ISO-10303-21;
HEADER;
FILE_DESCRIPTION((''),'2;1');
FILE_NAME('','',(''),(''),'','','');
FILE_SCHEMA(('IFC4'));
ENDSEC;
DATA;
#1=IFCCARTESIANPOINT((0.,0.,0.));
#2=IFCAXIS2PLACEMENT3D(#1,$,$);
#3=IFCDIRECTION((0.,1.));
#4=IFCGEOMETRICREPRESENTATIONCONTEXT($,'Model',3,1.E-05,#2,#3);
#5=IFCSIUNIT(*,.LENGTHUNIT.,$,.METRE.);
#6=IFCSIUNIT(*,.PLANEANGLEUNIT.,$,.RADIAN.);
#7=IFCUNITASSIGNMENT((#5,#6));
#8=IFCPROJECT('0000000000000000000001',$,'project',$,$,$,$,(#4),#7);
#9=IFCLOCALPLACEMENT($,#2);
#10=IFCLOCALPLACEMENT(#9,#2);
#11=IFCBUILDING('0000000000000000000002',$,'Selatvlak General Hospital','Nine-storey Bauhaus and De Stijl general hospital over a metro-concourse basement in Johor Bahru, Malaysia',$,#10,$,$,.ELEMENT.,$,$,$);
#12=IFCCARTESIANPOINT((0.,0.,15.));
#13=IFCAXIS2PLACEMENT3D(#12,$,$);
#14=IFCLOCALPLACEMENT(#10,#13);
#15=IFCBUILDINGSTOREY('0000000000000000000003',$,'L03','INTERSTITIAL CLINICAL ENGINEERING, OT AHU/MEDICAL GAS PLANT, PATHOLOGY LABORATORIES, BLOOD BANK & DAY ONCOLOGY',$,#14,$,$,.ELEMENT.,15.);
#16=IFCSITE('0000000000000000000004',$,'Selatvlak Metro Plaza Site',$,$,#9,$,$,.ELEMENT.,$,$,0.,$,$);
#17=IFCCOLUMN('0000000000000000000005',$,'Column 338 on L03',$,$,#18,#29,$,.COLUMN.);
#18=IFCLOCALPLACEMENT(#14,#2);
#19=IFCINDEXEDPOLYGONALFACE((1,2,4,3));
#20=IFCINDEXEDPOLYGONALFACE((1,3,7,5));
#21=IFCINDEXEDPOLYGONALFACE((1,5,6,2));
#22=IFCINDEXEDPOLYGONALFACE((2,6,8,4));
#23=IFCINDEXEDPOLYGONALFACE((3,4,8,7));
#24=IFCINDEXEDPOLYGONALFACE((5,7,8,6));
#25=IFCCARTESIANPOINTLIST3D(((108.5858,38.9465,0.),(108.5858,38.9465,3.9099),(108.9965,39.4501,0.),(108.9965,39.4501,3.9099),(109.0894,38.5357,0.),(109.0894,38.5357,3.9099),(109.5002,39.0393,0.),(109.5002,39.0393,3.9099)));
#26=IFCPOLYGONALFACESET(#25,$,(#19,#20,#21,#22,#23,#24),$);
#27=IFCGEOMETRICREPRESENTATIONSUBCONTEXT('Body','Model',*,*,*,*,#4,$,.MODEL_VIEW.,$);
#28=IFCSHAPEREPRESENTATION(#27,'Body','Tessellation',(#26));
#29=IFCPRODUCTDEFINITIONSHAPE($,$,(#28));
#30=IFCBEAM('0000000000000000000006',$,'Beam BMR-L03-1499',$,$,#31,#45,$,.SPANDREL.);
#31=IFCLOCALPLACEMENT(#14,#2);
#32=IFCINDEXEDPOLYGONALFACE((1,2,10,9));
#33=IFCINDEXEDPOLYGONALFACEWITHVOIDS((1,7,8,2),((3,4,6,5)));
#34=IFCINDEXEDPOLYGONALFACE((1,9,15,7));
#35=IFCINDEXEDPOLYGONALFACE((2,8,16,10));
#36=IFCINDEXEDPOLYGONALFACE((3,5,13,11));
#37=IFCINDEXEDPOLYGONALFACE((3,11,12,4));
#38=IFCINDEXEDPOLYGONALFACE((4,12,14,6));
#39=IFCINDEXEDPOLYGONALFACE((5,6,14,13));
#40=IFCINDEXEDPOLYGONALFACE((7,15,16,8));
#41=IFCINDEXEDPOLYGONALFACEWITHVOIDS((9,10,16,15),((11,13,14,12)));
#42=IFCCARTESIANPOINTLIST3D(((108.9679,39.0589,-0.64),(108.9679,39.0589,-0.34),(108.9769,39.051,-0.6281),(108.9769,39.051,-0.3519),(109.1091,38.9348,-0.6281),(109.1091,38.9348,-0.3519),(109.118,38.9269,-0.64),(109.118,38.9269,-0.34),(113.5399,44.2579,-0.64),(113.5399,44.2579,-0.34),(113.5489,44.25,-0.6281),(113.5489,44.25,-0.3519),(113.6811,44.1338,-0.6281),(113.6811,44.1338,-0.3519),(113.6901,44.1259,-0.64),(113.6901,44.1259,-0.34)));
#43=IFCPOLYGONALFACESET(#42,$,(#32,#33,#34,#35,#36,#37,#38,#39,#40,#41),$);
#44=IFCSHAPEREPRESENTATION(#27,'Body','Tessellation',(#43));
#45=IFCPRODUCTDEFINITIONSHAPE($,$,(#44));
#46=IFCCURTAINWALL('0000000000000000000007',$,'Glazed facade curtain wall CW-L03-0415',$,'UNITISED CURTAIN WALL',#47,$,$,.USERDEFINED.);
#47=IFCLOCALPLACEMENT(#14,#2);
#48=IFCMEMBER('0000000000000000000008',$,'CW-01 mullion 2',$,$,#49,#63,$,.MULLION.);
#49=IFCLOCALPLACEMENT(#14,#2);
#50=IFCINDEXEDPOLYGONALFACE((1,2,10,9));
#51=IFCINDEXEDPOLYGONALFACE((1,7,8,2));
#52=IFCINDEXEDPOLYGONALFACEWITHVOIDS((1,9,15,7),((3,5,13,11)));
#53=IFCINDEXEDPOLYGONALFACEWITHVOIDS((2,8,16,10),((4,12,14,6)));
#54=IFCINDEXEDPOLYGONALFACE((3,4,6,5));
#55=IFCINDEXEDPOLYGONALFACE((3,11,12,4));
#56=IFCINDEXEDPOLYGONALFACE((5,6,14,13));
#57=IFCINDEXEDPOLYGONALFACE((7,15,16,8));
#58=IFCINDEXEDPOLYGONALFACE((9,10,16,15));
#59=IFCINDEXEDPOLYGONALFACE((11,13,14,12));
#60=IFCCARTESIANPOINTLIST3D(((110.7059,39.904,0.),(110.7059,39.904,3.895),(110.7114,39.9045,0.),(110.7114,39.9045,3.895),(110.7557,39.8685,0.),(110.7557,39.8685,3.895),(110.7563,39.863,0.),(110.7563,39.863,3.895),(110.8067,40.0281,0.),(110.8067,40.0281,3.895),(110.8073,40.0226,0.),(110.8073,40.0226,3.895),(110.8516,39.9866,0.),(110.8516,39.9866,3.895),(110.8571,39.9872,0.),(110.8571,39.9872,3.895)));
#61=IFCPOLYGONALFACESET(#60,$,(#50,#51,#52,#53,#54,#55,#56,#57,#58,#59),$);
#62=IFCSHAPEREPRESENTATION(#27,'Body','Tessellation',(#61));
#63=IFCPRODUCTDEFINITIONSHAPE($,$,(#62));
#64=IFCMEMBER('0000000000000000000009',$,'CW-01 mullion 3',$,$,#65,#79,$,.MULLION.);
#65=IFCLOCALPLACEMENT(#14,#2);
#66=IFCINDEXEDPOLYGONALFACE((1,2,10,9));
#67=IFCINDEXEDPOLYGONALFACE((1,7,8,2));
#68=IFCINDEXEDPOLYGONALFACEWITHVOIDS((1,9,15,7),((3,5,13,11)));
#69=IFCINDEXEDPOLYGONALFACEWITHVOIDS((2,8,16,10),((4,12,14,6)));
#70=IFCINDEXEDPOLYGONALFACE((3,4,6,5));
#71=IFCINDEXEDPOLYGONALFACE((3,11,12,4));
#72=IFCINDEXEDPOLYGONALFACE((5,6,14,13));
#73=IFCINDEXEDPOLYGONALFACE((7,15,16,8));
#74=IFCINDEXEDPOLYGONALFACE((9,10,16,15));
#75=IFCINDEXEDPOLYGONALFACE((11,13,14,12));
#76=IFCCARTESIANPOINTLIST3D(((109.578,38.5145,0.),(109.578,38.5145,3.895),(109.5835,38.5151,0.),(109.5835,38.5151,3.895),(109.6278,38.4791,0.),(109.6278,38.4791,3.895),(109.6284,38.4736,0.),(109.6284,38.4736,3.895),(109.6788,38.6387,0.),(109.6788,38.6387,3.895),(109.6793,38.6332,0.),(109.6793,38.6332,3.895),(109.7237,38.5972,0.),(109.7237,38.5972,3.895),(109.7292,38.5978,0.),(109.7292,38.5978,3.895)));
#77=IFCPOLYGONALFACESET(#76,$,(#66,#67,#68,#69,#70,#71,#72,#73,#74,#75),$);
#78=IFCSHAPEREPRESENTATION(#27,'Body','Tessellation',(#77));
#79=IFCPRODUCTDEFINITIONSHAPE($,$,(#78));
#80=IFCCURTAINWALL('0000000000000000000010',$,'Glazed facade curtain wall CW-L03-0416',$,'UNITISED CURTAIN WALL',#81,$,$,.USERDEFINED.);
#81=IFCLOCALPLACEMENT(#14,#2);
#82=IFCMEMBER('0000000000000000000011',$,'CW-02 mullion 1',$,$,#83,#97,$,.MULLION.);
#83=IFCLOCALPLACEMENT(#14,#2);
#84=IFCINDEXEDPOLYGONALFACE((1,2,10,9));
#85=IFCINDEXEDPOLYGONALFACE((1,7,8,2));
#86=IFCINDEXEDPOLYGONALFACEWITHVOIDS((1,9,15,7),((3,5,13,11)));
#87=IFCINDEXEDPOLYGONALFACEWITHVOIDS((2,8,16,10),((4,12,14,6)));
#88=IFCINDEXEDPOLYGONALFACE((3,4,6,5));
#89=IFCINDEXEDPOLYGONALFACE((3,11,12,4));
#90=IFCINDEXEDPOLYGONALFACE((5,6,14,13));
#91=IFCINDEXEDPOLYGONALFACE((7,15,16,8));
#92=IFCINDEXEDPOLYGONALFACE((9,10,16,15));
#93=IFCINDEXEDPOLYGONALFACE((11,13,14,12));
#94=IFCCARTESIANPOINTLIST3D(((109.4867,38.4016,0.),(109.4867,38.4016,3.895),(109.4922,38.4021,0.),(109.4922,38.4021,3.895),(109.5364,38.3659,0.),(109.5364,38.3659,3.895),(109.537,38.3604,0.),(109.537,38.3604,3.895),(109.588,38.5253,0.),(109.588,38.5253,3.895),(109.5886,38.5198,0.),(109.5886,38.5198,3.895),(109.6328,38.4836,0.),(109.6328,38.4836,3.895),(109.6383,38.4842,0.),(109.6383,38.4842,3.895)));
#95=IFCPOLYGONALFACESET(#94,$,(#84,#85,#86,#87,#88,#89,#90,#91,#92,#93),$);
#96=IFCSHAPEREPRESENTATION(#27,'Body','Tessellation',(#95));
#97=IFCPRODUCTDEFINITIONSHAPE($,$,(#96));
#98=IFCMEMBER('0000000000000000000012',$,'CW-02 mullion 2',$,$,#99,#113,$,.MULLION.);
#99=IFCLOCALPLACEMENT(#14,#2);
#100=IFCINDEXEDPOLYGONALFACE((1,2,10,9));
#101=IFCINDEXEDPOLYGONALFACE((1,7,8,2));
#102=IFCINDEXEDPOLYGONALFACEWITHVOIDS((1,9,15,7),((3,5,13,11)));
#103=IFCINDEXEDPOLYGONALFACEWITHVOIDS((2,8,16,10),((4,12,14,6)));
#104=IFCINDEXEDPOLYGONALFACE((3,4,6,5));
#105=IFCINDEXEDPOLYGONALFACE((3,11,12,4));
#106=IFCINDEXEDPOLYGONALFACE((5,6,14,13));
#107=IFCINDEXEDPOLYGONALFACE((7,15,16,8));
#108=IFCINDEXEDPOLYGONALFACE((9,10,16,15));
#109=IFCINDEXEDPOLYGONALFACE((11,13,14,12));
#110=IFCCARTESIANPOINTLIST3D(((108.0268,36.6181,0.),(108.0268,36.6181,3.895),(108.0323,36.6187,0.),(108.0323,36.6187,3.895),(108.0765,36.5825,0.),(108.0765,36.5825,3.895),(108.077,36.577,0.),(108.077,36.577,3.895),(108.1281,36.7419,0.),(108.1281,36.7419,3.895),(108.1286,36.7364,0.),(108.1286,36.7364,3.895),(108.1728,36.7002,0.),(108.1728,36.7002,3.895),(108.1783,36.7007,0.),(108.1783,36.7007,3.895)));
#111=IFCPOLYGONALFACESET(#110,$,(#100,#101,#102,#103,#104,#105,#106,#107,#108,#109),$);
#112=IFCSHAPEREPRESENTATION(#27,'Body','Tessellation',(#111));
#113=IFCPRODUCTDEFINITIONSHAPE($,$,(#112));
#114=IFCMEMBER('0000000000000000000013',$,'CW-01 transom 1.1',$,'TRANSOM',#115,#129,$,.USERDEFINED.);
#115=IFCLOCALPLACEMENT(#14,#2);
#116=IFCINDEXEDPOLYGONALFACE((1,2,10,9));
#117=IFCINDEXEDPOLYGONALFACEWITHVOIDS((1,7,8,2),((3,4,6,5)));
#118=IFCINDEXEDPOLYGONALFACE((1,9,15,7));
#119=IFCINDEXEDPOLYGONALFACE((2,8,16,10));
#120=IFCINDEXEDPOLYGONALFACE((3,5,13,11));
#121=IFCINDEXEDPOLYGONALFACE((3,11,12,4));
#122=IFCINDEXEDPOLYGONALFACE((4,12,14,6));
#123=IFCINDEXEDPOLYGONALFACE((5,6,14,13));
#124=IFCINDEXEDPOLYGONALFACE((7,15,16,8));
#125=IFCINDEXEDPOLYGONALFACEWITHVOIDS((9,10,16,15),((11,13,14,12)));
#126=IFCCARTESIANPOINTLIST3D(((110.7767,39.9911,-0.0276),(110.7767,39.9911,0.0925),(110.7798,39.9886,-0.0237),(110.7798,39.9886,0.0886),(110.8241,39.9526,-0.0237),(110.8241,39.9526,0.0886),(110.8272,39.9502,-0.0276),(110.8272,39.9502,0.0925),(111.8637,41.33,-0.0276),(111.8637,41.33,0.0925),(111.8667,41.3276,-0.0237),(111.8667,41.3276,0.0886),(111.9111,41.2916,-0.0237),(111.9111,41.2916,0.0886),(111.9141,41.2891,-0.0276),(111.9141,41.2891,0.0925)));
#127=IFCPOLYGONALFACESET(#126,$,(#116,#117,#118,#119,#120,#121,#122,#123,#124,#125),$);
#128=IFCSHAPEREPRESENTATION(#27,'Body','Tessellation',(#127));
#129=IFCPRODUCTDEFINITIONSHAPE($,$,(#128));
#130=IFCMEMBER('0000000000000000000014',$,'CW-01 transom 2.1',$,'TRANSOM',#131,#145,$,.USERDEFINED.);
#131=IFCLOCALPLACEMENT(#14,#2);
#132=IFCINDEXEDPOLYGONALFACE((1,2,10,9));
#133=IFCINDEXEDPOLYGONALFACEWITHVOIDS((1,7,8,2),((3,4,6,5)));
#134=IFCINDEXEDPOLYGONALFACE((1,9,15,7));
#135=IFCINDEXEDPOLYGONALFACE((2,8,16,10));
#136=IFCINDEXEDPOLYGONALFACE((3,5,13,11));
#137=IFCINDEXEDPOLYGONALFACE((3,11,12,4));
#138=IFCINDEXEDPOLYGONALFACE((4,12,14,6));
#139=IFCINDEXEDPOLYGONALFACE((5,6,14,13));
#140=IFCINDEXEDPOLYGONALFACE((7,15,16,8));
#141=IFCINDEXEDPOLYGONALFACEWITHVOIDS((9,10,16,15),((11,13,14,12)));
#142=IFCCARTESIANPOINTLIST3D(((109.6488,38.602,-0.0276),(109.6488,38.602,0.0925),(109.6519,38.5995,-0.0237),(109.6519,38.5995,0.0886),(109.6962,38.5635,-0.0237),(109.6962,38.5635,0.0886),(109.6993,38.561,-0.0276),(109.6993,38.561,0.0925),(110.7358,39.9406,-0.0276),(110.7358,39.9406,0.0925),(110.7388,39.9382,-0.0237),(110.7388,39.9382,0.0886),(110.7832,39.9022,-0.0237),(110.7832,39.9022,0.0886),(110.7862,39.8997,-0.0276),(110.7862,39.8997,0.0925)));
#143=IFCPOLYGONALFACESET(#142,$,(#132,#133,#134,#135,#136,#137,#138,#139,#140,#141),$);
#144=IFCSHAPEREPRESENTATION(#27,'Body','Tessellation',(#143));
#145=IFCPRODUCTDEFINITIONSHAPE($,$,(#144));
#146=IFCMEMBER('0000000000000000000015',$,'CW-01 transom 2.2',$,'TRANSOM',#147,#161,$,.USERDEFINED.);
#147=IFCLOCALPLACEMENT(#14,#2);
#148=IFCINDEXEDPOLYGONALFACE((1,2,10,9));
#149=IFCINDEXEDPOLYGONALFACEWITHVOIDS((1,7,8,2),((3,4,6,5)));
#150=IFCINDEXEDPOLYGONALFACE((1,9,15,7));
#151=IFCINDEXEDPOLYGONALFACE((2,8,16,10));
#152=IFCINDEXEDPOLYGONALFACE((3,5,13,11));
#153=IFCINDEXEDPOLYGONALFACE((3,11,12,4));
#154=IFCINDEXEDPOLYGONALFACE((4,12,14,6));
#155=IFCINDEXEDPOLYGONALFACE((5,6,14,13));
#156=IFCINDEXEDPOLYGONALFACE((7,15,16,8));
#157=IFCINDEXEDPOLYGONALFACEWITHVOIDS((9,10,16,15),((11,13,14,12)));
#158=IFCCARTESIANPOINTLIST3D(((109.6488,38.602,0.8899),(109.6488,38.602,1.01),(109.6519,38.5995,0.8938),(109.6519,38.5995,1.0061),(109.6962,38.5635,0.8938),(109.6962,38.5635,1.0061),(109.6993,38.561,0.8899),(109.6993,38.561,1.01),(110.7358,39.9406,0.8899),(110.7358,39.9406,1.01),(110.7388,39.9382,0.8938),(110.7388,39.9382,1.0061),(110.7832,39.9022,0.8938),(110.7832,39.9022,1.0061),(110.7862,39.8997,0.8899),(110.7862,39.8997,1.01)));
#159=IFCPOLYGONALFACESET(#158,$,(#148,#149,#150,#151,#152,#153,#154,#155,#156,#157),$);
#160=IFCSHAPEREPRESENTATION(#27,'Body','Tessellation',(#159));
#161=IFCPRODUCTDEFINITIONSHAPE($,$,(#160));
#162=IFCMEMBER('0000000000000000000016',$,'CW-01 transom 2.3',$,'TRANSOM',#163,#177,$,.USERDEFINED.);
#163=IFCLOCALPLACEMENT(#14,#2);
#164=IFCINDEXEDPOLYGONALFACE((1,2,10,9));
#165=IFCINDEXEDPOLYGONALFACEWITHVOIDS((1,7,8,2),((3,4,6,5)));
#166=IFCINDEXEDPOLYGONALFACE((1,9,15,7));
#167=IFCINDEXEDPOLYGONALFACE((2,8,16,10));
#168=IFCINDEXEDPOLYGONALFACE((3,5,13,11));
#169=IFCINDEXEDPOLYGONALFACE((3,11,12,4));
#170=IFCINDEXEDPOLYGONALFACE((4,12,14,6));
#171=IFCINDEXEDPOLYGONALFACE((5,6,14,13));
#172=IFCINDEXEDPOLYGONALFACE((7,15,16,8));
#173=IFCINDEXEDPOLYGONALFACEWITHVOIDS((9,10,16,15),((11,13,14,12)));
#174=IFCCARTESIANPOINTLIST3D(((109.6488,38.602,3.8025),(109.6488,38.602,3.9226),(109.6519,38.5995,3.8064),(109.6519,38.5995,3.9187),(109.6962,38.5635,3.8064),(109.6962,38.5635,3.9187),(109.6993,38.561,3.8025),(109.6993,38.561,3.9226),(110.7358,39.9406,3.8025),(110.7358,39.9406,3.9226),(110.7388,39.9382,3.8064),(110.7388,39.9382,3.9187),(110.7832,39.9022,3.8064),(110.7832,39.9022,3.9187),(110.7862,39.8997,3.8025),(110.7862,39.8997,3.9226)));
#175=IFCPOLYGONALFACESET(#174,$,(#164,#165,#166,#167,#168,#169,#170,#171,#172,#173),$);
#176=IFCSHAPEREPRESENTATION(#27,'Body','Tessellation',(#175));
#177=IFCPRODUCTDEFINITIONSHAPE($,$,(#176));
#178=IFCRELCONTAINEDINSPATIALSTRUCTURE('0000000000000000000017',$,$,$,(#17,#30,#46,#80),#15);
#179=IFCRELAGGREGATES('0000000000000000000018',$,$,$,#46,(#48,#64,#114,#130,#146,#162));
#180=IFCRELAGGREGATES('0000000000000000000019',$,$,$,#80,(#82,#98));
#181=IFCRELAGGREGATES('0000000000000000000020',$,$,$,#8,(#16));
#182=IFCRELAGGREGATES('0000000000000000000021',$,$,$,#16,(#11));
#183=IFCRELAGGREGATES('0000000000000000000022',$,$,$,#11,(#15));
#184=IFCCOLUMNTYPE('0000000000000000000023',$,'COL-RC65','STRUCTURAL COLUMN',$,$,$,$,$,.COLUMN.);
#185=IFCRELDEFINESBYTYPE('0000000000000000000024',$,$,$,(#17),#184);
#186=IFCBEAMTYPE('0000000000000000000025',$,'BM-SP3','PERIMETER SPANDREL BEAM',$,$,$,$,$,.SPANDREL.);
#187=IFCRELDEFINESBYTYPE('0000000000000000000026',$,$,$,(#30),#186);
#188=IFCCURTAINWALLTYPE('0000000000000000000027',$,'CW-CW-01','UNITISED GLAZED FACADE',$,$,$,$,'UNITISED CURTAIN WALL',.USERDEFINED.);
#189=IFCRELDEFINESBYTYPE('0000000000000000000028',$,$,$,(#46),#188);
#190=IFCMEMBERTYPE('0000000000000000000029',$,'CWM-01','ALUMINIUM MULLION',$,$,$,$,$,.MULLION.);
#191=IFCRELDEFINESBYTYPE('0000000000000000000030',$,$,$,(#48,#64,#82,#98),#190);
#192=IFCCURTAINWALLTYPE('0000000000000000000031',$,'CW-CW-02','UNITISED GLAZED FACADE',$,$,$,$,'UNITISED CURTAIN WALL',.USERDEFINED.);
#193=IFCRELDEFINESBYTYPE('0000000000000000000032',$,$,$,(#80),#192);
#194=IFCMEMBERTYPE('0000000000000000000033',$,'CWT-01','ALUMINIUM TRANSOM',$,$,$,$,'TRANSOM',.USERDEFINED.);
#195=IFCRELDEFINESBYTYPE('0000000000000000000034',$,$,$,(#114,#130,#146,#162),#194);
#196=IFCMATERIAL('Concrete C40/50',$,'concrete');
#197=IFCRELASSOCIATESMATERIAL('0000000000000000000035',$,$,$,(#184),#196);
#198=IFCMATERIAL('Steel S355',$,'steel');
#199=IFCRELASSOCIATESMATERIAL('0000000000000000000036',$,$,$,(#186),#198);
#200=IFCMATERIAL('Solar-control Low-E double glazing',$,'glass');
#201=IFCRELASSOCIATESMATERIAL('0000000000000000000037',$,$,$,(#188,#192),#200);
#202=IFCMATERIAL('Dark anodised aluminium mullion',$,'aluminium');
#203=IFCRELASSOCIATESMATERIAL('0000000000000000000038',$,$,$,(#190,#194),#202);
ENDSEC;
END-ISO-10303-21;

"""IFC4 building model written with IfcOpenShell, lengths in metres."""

from ifc_helpers import new_model, si_unit, direction, frame, origin, origin_2d, place, context, subcontext, project, spatial, rectangle, hollow_rectangle, extrude, material, material_profile, profile_set, type_object, element, aggregate, save


model = new_model("IFC4")

# Units and contexts
model_context = context("Model", 3, precision=1e-05, world=origin(), true_north=direction((0.0, 1.0)))
body_context = subcontext(model_context, "Body", "Model", "MODEL_VIEW")
ifc_project = project(units=[si_unit("LENGTHUNIT", "METRE"), si_unit("PLANEANGLEUNIT", "RADIAN")], contexts=[model_context])

# Site, building, storey
site_placement = place(None, origin())
site = spatial("IfcSite", under=ifc_project, at=site_placement, Name="Selatvlak Metro Plaza Site", CompositionType="ELEMENT", RefElevation=0.0)
building_placement = place(site_placement, origin())
building = spatial("IfcBuilding", under=site, at=building_placement, Name="Selatvlak General Hospital", Description="Nine-storey Bauhaus and De Stijl general hospital over a metro-concourse basement in Johor Bahru, Malaysia", CompositionType="ELEMENT")
storey_placement = place(building_placement, frame((0.0, 0.0, 15.0)))
storey = spatial("IfcBuildingStorey", under=building, at=storey_placement, Name="L03", Description="INTERSTITIAL CLINICAL ENGINEERING, OT AHU/MEDICAL GAS PLANT, PATHOLOGY LABORATORIES, BLOOD BANK & DAY ONCOLOGY", CompositionType="ELEMENT", Elevation=15.0)

# Column
ifc_material_1 = material(Name="Concrete C40/50", Category="concrete")
ifc_material_profile_1 = material_profile(ifc_material_1, rectangle(XDim=0.6499, YDim=0.6499, at=origin_2d()), Name="RC-COL 650x650")
ifc_profile_set_1 = profile_set([ifc_material_profile_1], Name="Concrete C40/50")
column_type = type_object("IfcColumnType", Name="COL-RC65", Description="STRUCTURAL COLUMN", PredefinedType="COLUMN", material=ifc_profile_set_1)
column_placement = place(storey_placement, frame((109.043, 38.9929, 0.0), z_axis=(0.0, 0.0, 1.0), x_axis=(-0.774922, 0.632056, 0.0)))
element("IfcColumn", 1, at=column_placement, inside=storey, type_object=column_type, Name="Column 338 on L03", PredefinedType="COLUMN", context=body_context, shape_type="SweptSolid", body=[
    extrude(rectangle(XDim=0.6499, YDim=0.6499, at=origin_2d()), origin(), (0.0, 0.0, 1.0), 3.9099),
])

# Beam
ifc_material_2 = material(Name="Steel S355", Category="steel")
ifc_material_profile_2 = material_profile(ifc_material_2, hollow_rectangle(XDim=0.2, YDim=0.3, WallThickness=0.012, at=origin_2d()), Name="RHS 300x200x12")
ifc_profile_set_2 = profile_set([ifc_material_profile_2], Name="Steel S355")
beam_type = type_object("IfcBeamType", Name="BM-SP3", Description="PERIMETER SPANDREL BEAM", PredefinedType="SPANDREL", material=ifc_profile_set_2)
beam_placement = place(storey_placement, frame((109.043, 38.9929, -0.49), z_axis=(0.660377, 0.750934, 0.0), x_axis=(-0.750934, 0.660377, 0.0)))
element("IfcBeam", 2, at=beam_placement, inside=storey, type_object=beam_type, Name="Beam BMR-L03-1499", PredefinedType="SPANDREL", context=body_context, shape_type="SweptSolid", body=[
    extrude(hollow_rectangle(XDim=0.2, YDim=0.3, WallThickness=0.012, at=origin_2d()), origin(), (0.0, 0.0, 1.0), 6.9233),
])

# Curtain walls, members
ifc_material_3 = material(Name="Solar-control Low-E double glazing", Category="glass")
curtain_wall_type_1 = type_object("IfcCurtainWallType", Name="CW-CW-01", Description="UNITISED GLAZED FACADE", ElementType="UNITISED CURTAIN WALL", PredefinedType="USERDEFINED", material=ifc_material_3)
curtain_wall_1_placement = place(storey_placement, origin())
curtain_wall_1 = element("IfcCurtainWall", 3, at=curtain_wall_1_placement, inside=storey, type_object=curtain_wall_type_1, Name="Glazed facade curtain wall CW-L03-0415", ObjectType="UNITISED CURTAIN WALL", PredefinedType="USERDEFINED")
ifc_material_4 = material(Name="Dark anodised aluminium mullion", Category="aluminium")
ifc_material_profile_3 = material_profile(ifc_material_4, hollow_rectangle(XDim=0.0649, YDim=0.1599, WallThickness=0.0039, at=origin_2d()), Name="AL-MUL 65x160x4")
ifc_profile_set_3 = profile_set([ifc_material_profile_3], Name="Dark anodised aluminium mullion")
member_type_1 = type_object("IfcMemberType", Name="CWM-01", Description="ALUMINIUM MULLION", PredefinedType="MULLION", material=ifc_profile_set_3)
member_1_placement = place(storey_placement, frame((110.7815, 39.9456, 0.0), z_axis=(0.0, 0.0, 1.0), x_axis=(0.776324, -0.630334, 0.0)))
member_1 = element("IfcMember", 4, at=member_1_placement, type_object=member_type_1, Name="CW-01 mullion 2", PredefinedType="MULLION", context=body_context, shape_type="SweptSolid", body=[
    extrude(hollow_rectangle(XDim=0.0649, YDim=0.1599, WallThickness=0.0039, at=origin_2d()), origin(), (0.0, 0.0, 1.0), 3.895),
])
member_2_placement = place(storey_placement, frame((109.6536, 38.5562, 0.0), z_axis=(0.0, 0.0, 1.0), x_axis=(0.776324, -0.630334, 0.0)))
member_2 = element("IfcMember", 5, at=member_2_placement, type_object=member_type_1, Name="CW-01 mullion 3", PredefinedType="MULLION", context=body_context, shape_type="SweptSolid", body=[
    extrude(hollow_rectangle(XDim=0.0649, YDim=0.1599, WallThickness=0.0039, at=origin_2d()), origin(), (0.0, 0.0, 1.0), 3.895),
])
curtain_wall_type_2 = type_object("IfcCurtainWallType", Name="CW-CW-02", Description="UNITISED GLAZED FACADE", ElementType="UNITISED CURTAIN WALL", PredefinedType="USERDEFINED", material=ifc_material_3)
curtain_wall_2_placement = place(storey_placement, origin())
curtain_wall_2 = element("IfcCurtainWall", 6, at=curtain_wall_2_placement, inside=storey, type_object=curtain_wall_type_2, Name="Glazed facade curtain wall CW-L03-0416", ObjectType="UNITISED CURTAIN WALL", PredefinedType="USERDEFINED")
member_3_placement = place(storey_placement, frame((109.5625, 38.4429, 0.0), z_axis=(0.0, 0.0, 1.0), x_axis=(0.773786, -0.633447, 0.0)))
member_3 = element("IfcMember", 7, at=member_3_placement, type_object=member_type_1, Name="CW-02 mullion 1", PredefinedType="MULLION", context=body_context, shape_type="SweptSolid", body=[
    extrude(hollow_rectangle(XDim=0.0649, YDim=0.1599, WallThickness=0.0039, at=origin_2d()), origin(), (0.0, 0.0, 1.0), 3.895),
])
member_4_placement = place(storey_placement, frame((108.1025, 36.6594, 0.0), z_axis=(0.0, 0.0, 1.0), x_axis=(0.773786, -0.633447, 0.0)))
member_4 = element("IfcMember", 8, at=member_4_placement, type_object=member_type_1, Name="CW-02 mullion 2", PredefinedType="MULLION", context=body_context, shape_type="SweptSolid", body=[
    extrude(hollow_rectangle(XDim=0.0649, YDim=0.1599, WallThickness=0.0039, at=origin_2d()), origin(), (0.0, 0.0, 1.0), 3.895),
])

# Members
ifc_material_profile_4 = material_profile(ifc_material_4, hollow_rectangle(XDim=0.0649, YDim=0.1201, WallThickness=0.0039, at=origin_2d()), Name="AL-TRN 65x120x4")
ifc_profile_set_4 = profile_set([ifc_material_profile_4], Name="Dark anodised aluminium mullion")
member_type_2 = type_object("IfcMemberType", Name="CWT-01", Description="ALUMINIUM TRANSOM", ElementType="TRANSOM", PredefinedType="USERDEFINED", material=ifc_profile_set_4)
member_5_placement = place(storey_placement, frame((111.8889, 41.3096, 0.0325), z_axis=(-0.630273, -0.776374, 0.0), x_axis=(0.776374, -0.630273, 0.0)))
member_5 = element("IfcMember", 9, at=member_5_placement, type_object=member_type_2, Name="CW-01 transom 1.1", ObjectType="TRANSOM", PredefinedType="USERDEFINED", context=body_context, shape_type="SweptSolid", body=[
    extrude(hollow_rectangle(XDim=0.0649, YDim=0.1201, WallThickness=0.0039, at=origin_2d()), origin(), (0.0, 0.0, 1.0), 1.7246),
])
member_6_placement = place(storey_placement, frame((110.761, 39.9202, 0.0325), z_axis=(-0.630342, -0.776318, 0.0), x_axis=(0.776318, -0.630342, 0.0)))
member_6 = element("IfcMember", 10, at=member_6_placement, type_object=member_type_2, Name="CW-01 transom 2.1", ObjectType="TRANSOM", PredefinedType="USERDEFINED", context=body_context, shape_type="SweptSolid", body=[
    extrude(hollow_rectangle(XDim=0.0649, YDim=0.1201, WallThickness=0.0039, at=origin_2d()), origin(), (0.0, 0.0, 1.0), 1.7244),
])
member_7_placement = place(storey_placement, frame((110.761, 39.9202, 0.95), z_axis=(-0.630342, -0.776318, 0.0), x_axis=(0.776318, -0.630342, 0.0)))
member_7 = element("IfcMember", 11, at=member_7_placement, type_object=member_type_2, Name="CW-01 transom 2.2", ObjectType="TRANSOM", PredefinedType="USERDEFINED", context=body_context, shape_type="SweptSolid", body=[
    extrude(hollow_rectangle(XDim=0.0649, YDim=0.1201, WallThickness=0.0039, at=origin_2d()), origin(), (0.0, 0.0, 1.0), 1.7244),
])
member_8_placement = place(storey_placement, frame((110.761, 39.9202, 3.8625), z_axis=(-0.630342, -0.776318, 0.0), x_axis=(0.776318, -0.630342, 0.0)))
member_8 = element("IfcMember", 12, at=member_8_placement, type_object=member_type_2, Name="CW-01 transom 2.3", ObjectType="TRANSOM", PredefinedType="USERDEFINED", context=body_context, shape_type="SweptSolid", body=[
    extrude(hollow_rectangle(XDim=0.0649, YDim=0.1201, WallThickness=0.0039, at=origin_2d()), origin(), (0.0, 0.0, 1.0), 1.7244),
])

aggregate(curtain_wall_1, [member_1, member_2, member_5, member_6, member_7, member_8])
aggregate(curtain_wall_2, [member_3, member_4])

save(model, "model.ifc")
